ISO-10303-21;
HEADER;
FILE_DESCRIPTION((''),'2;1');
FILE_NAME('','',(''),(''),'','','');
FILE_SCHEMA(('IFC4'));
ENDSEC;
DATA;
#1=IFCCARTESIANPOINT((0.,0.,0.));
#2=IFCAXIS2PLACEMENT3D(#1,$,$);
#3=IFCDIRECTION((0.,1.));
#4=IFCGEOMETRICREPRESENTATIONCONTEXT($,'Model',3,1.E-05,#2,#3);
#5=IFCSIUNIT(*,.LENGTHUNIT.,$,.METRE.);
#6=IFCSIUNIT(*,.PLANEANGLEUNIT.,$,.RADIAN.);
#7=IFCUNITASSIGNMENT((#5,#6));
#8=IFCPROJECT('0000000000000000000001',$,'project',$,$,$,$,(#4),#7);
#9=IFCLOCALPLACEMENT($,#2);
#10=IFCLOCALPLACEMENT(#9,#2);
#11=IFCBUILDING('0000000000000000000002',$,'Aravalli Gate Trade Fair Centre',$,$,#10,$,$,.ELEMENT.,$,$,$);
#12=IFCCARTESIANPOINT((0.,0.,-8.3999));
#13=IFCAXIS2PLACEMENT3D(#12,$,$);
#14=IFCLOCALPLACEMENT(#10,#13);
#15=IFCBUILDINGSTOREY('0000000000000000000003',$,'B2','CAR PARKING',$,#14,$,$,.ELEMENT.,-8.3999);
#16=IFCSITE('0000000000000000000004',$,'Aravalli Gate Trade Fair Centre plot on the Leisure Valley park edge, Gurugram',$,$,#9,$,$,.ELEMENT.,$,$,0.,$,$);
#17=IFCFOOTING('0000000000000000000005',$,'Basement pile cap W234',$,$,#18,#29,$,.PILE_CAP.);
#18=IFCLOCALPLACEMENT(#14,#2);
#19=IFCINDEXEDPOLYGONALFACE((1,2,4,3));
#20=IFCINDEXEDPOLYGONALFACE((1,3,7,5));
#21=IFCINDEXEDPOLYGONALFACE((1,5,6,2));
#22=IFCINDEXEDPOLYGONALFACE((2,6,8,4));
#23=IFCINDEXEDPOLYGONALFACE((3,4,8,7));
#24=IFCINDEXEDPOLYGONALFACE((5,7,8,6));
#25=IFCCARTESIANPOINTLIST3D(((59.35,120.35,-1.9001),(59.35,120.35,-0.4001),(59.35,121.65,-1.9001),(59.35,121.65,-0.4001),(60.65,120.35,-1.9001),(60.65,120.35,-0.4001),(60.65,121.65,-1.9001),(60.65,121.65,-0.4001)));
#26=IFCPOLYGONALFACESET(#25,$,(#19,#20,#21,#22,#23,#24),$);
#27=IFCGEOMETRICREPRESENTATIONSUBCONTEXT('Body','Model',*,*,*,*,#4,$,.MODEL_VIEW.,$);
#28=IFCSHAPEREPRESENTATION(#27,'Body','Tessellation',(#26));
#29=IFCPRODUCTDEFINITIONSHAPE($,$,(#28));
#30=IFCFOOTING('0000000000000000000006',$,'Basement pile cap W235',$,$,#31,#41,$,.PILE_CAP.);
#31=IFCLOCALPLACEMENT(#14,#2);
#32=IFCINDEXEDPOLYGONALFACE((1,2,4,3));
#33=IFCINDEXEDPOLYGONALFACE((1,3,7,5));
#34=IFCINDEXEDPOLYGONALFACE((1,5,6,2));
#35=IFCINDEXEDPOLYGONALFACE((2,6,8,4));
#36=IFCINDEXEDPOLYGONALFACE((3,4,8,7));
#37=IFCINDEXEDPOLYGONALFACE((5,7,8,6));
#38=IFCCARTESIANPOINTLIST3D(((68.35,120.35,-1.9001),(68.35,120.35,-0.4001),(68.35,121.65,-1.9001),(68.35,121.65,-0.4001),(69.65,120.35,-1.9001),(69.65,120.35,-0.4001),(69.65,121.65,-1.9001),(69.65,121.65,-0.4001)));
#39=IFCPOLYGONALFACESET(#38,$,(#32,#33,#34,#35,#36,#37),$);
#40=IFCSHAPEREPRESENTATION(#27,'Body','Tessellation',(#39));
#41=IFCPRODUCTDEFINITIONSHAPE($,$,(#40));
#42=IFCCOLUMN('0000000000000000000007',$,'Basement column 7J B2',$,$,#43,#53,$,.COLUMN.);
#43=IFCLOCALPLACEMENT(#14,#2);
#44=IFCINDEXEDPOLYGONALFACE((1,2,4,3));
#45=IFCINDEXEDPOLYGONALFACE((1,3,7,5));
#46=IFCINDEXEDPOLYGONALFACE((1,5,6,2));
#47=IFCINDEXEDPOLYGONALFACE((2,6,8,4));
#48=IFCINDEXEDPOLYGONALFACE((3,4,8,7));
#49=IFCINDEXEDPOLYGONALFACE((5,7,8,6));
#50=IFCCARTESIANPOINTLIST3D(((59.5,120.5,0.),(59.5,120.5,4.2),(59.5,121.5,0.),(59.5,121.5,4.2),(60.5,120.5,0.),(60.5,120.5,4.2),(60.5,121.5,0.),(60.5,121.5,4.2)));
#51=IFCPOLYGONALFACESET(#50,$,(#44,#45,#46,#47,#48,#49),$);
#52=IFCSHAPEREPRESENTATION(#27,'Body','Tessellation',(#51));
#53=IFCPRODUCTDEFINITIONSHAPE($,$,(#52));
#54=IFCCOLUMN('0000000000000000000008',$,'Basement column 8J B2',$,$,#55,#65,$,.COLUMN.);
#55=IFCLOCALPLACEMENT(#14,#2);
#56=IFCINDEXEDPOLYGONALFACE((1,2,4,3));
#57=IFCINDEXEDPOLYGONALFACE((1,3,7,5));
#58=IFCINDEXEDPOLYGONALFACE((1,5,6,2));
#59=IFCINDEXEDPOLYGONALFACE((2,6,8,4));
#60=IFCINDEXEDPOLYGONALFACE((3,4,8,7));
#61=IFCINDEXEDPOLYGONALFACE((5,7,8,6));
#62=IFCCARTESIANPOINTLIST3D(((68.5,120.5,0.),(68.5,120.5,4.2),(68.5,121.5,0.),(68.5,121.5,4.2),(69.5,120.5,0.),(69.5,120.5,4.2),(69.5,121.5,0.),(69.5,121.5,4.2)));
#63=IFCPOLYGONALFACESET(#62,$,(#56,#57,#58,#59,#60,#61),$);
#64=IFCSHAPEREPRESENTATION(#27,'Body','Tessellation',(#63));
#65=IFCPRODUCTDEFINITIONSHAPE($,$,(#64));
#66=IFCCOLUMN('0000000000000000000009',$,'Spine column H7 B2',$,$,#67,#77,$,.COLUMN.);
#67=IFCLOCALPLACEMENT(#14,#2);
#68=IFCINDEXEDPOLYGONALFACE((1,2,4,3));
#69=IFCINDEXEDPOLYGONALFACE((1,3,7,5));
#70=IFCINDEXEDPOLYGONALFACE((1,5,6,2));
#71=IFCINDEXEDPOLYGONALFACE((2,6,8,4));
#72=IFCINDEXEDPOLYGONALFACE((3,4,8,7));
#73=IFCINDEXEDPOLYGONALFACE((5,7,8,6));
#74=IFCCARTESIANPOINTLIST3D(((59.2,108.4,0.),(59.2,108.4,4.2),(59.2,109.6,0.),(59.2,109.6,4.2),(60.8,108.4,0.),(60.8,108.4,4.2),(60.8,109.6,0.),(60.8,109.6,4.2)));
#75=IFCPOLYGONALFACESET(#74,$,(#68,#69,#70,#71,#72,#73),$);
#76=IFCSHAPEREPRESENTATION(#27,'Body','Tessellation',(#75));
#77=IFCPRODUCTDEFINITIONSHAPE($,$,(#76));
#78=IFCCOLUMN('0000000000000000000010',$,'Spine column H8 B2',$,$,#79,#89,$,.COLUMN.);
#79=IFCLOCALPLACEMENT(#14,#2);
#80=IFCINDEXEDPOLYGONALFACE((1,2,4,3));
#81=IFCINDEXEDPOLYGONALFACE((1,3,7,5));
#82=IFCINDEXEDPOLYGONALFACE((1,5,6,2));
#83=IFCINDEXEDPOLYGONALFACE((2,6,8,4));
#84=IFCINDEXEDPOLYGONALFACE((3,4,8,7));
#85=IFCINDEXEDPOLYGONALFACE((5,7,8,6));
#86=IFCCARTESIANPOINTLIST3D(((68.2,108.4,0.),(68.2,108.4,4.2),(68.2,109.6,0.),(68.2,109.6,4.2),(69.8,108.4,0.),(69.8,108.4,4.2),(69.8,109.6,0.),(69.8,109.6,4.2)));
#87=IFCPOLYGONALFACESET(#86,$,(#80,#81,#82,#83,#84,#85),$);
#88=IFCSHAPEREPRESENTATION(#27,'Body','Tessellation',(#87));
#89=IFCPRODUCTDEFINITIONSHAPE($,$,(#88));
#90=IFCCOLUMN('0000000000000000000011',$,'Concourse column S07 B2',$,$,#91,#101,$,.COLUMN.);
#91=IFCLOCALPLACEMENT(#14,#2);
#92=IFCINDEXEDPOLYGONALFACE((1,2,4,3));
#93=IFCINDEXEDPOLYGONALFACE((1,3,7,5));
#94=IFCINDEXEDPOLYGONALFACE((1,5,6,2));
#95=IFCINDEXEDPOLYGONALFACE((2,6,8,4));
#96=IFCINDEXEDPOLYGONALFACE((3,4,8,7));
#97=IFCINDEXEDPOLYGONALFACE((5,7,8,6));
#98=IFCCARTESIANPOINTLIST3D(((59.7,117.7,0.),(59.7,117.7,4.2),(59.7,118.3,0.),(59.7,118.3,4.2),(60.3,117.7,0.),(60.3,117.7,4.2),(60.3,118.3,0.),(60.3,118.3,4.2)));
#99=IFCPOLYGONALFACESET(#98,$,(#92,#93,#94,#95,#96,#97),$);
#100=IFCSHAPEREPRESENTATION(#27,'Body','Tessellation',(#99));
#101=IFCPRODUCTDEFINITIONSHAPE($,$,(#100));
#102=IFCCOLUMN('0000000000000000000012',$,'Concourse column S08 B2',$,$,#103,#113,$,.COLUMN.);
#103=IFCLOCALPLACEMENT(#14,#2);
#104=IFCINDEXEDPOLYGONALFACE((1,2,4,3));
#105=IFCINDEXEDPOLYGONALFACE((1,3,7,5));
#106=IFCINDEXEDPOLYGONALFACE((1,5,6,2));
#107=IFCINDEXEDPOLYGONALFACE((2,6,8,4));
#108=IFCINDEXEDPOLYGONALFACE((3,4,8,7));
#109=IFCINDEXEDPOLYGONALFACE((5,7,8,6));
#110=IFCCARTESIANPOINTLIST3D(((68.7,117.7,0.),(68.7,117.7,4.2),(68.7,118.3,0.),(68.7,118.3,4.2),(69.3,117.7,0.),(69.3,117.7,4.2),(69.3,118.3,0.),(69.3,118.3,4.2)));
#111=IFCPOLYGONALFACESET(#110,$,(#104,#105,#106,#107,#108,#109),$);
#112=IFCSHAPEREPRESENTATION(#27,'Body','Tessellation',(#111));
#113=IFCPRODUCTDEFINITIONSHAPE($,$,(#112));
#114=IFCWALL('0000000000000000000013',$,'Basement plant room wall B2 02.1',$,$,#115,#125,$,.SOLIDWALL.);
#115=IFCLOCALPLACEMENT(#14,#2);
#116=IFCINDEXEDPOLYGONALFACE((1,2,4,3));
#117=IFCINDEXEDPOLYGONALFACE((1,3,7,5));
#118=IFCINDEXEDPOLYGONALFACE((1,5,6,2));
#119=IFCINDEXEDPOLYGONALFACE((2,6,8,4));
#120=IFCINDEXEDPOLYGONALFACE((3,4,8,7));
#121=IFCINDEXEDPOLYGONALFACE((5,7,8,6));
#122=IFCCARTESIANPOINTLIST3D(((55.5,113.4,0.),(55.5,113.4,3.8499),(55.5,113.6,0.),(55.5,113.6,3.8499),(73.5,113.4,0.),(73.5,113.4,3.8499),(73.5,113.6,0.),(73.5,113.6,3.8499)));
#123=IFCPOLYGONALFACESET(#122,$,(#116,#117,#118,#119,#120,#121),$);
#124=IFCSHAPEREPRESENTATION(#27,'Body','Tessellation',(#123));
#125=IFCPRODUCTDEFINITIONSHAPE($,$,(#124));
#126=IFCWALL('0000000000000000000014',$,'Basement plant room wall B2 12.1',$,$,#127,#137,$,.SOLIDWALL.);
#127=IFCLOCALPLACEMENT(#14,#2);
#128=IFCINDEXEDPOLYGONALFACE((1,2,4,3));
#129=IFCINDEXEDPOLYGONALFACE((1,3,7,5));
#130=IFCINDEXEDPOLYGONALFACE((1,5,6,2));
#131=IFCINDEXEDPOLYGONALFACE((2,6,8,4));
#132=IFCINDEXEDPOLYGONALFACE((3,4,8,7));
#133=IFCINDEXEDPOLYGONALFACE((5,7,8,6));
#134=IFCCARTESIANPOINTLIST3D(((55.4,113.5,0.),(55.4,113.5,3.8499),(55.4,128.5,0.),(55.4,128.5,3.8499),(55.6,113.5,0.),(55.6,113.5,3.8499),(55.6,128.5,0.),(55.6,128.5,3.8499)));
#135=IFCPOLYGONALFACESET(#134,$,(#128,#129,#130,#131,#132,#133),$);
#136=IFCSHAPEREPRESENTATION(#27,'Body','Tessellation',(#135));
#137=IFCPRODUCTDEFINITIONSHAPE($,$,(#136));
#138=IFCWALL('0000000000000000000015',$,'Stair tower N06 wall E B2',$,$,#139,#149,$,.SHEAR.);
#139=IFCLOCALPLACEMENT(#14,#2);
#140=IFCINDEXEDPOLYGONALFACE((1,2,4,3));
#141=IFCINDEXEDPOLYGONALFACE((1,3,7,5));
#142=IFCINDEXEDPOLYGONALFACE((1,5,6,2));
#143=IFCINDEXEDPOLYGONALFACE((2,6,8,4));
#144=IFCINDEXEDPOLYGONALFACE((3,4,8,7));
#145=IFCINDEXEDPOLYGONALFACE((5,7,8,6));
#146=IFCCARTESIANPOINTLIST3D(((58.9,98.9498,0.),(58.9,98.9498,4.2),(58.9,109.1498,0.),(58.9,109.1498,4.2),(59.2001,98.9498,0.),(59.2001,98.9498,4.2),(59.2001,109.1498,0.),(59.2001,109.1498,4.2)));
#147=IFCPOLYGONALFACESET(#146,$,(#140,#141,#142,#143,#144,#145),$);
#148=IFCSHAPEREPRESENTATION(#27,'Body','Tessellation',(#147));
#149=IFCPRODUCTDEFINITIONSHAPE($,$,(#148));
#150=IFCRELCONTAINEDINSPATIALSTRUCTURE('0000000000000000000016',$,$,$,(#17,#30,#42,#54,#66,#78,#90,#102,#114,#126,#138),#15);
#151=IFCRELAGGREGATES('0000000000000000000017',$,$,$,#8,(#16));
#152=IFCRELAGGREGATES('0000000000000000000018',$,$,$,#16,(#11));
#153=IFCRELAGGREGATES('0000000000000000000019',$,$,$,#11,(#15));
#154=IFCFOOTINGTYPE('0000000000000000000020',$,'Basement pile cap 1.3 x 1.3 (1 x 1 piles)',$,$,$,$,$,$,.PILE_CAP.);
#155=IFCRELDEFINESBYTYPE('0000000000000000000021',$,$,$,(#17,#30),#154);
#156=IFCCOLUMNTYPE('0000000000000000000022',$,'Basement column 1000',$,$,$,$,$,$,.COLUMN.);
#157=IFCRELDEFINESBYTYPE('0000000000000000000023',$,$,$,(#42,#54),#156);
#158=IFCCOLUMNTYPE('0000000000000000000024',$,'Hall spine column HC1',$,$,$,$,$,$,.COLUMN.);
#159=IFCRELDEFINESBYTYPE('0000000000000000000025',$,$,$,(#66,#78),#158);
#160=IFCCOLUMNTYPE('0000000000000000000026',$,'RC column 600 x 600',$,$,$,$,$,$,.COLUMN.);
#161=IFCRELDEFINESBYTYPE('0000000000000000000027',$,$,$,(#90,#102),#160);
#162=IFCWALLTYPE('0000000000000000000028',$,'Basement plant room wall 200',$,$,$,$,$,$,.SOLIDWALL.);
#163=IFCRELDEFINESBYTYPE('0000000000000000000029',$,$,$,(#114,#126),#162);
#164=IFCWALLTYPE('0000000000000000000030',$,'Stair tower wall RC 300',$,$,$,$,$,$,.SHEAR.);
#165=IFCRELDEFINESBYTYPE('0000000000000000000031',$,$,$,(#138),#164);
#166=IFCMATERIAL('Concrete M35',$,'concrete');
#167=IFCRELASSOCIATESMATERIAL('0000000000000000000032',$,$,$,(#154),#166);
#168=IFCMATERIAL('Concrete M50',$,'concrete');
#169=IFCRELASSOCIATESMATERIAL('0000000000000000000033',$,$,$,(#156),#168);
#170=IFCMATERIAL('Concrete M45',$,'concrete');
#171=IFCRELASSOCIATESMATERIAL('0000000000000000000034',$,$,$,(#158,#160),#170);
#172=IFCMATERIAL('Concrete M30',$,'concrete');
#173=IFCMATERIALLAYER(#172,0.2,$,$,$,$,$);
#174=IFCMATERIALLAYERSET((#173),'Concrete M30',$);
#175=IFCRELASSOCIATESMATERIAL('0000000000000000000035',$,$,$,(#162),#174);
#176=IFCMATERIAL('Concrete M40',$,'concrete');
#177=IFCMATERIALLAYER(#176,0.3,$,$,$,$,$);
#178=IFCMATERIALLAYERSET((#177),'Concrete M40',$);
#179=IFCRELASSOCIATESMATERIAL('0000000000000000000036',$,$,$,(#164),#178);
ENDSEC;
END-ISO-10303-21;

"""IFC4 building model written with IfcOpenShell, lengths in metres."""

from ifc_helpers import new_model, si_unit, direction, frame, frame_2d, origin, origin_2d, place, context, subcontext, project, spatial, rectangle, extrude, material, layer, layer_set, material_profile, profile_set, type_object, element, save


model = new_model("IFC4")

# Units and contexts
model_context = context("Model", 3, precision=1e-05, world=origin(), true_north=direction((0.0, 1.0)))
body_context = subcontext(model_context, "Body", "Model", "MODEL_VIEW")
ifc_project = project(units=[si_unit("LENGTHUNIT", "METRE"), si_unit("PLANEANGLEUNIT", "RADIAN")], contexts=[model_context])

# Site, building, storey
site_placement = place(None, origin())
site = spatial("IfcSite", under=ifc_project, at=site_placement, Name="Aravalli Gate Trade Fair Centre plot on the Leisure Valley park edge, Gurugram", CompositionType="ELEMENT", RefElevation=0.0)
building_placement = place(site_placement, origin())
building = spatial("IfcBuilding", under=site, at=building_placement, Name="Aravalli Gate Trade Fair Centre", CompositionType="ELEMENT")
storey_placement = place(building_placement, frame((0.0, 0.0, -8.3999)))
storey = spatial("IfcBuildingStorey", under=building, at=storey_placement, Name="B2", Description="CAR PARKING", CompositionType="ELEMENT", Elevation=-8.3999)

# Shared definitions
ifc_material_1 = material(Name="Concrete M35", Category="concrete")

# Footings
footing_type = type_object("IfcFootingType", Name="Basement pile cap 1.3 x 1.3 (1 x 1 piles)", PredefinedType="PILE_CAP", material=ifc_material_1)
for number, where, z_axis, x_axis, name in (
    (1, (60.0, 121.0, -1.9001), (0.0, 0.0, 1.0), (1.0, 0.0, 0.0), "Basement pile cap W234"),
    (2, (69.0, 121.0, -1.9001), (0.0, 0.0, 1.0), (1.0, 0.0, 0.0), "Basement pile cap W235"),
):
    element("IfcFooting", number, at=place(storey_placement, frame(where, z_axis=z_axis, x_axis=x_axis)), inside=storey, type_object=footing_type, Name=name, PredefinedType="PILE_CAP", context=body_context, shape_type="SweptSolid", body=[
        extrude(rectangle(XDim=1.3, YDim=1.3, at=origin_2d()), origin(), (0.0, 0.0, 1.0), 1.5),
    ])

# Columns
ifc_material_2 = material(Name="Concrete M50", Category="concrete")
ifc_material_profile_1 = material_profile(ifc_material_2, rectangle(XDim=1.0, YDim=1.0, at=origin_2d()), Name="RC 1000 x 1000")
ifc_profile_set_1 = profile_set([ifc_material_profile_1], Name="Concrete M50")
column_type_1 = type_object("IfcColumnType", Name="Basement column 1000", PredefinedType="COLUMN", material=ifc_profile_set_1)
for number, where, z_axis, x_axis, name in (
    (3, (60.0, 121.0, 0.0), (0.0, 0.0, 1.0), (1.0, 0.0, 0.0), "Basement column 7J B2"),
    (4, (69.0, 121.0, 0.0), (0.0, 0.0, 1.0), (1.0, 0.0, 0.0), "Basement column 8J B2"),
):
    element("IfcColumn", number, at=place(storey_placement, frame(where, z_axis=z_axis, x_axis=x_axis)), inside=storey, type_object=column_type_1, Name=name, PredefinedType="COLUMN", context=body_context, shape_type="SweptSolid", body=[
        extrude(rectangle(XDim=1.0, YDim=1.0, at=origin_2d()), origin(), (0.0, 0.0, 1.0), 4.2),
    ])
ifc_material_3 = material(Name="Concrete M45", Category="concrete")
ifc_material_profile_2 = material_profile(ifc_material_3, rectangle(XDim=1.6001, YDim=1.2, at=origin_2d()), Name="RC 1600x1200")
ifc_profile_set_2 = profile_set([ifc_material_profile_2], Name="Concrete M45")
column_type_2 = type_object("IfcColumnType", Name="Hall spine column HC1", PredefinedType="COLUMN", material=ifc_profile_set_2)
for number, where, z_axis, x_axis, name in (
    (5, (60.0, 109.0, 0.0), (0.0, 0.0, 1.0), (1.0, 0.0, 0.0), "Spine column H7 B2"),
    (6, (69.0, 109.0, 0.0), (0.0, 0.0, 1.0), (1.0, 0.0, 0.0), "Spine column H8 B2"),
):
    element("IfcColumn", number, at=place(storey_placement, frame(where, z_axis=z_axis, x_axis=x_axis)), inside=storey, type_object=column_type_2, Name=name, PredefinedType="COLUMN", context=body_context, shape_type="SweptSolid", body=[
        extrude(rectangle(XDim=1.6001, YDim=1.2, at=origin_2d()), origin(), (0.0, 0.0, 1.0), 4.2),
    ])
ifc_material_profile_3 = material_profile(ifc_material_3, rectangle(XDim=0.6001, YDim=0.6001, at=origin_2d()), Name="RC column 600 x 600")
ifc_profile_set_3 = profile_set([ifc_material_profile_3], Name="Concrete M45")
column_type_3 = type_object("IfcColumnType", Name="RC column 600 x 600", PredefinedType="COLUMN", material=ifc_profile_set_3)
for number, where, z_axis, x_axis, name in (
    (7, (60.0, 118.0, 0.0), (0.0, 0.0, 1.0), (1.0, 0.0, 0.0), "Concourse column S07 B2"),
    (8, (69.0, 118.0, 0.0), (0.0, 0.0, 1.0), (1.0, 0.0, 0.0), "Concourse column S08 B2"),
):
    element("IfcColumn", number, at=place(storey_placement, frame(where, z_axis=z_axis, x_axis=x_axis)), inside=storey, type_object=column_type_3, Name=name, PredefinedType="COLUMN", context=body_context, shape_type="SweptSolid", body=[
        extrude(rectangle(XDim=0.6001, YDim=0.6001, at=origin_2d()), origin(), (0.0, 0.0, 1.0), 4.2),
    ])

# Walls
ifc_material_4 = material(Name="Concrete M30", Category="concrete")
ifc_layer_1 = layer(ifc_material_4, 0.2)
ifc_layer_set_1 = layer_set([ifc_layer_1], Name="Concrete M30")
wall_type_1 = type_object("IfcWallType", Name="Basement plant room wall 200", PredefinedType="SOLIDWALL", material=ifc_layer_set_1)
wall_1_placement = place(storey_placement, frame((55.5, 113.5, 0.0), z_axis=(0.0, 0.0, 1.0), x_axis=(1.0, 0.0, 0.0)))
element("IfcWall", 9, at=wall_1_placement, inside=storey, type_object=wall_type_1, Name="Basement plant room wall B2 02.1", PredefinedType="SOLIDWALL", context=body_context, shape_type="SweptSolid", body=[
    extrude(rectangle(XDim=18.0, YDim=0.2, at=frame_2d((9.0, 0.0))), origin(), (0.0, 0.0, 1.0), 3.8499),
])
wall_2_placement = place(storey_placement, frame((55.5, 113.5, 0.0), z_axis=(0.0, 0.0, 1.0), x_axis=(0.0, 1.0, 0.0)))
element("IfcWall", 10, at=wall_2_placement, inside=storey, type_object=wall_type_1, Name="Basement plant room wall B2 12.1", PredefinedType="SOLIDWALL", context=body_context, shape_type="SweptSolid", body=[
    extrude(rectangle(XDim=15.0, YDim=0.2, at=frame_2d((7.5, 0.0))), origin(), (0.0, 0.0, 1.0), 3.8499),
])
ifc_material_5 = material(Name="Concrete M40", Category="concrete")
ifc_layer_2 = layer(ifc_material_5, 0.3)
ifc_layer_set_2 = layer_set([ifc_layer_2], Name="Concrete M40")
wall_type_2 = type_object("IfcWallType", Name="Stair tower wall RC 300", PredefinedType="SHEAR", material=ifc_layer_set_2)
wall_3_placement = place(storey_placement, frame((59.05, 109.1499, 0.0), z_axis=(0.0, 0.0, 1.0), x_axis=(0.0, -1.0, 0.0)))
element("IfcWall", 11, at=wall_3_placement, inside=storey, type_object=wall_type_2, Name="Stair tower N06 wall E B2", PredefinedType="SHEAR", context=body_context, shape_type="SweptSolid", body=[
    extrude(rectangle(XDim=10.2, YDim=0.3, at=frame_2d((5.1001, 0.0))), origin(), (0.0, 0.0, 1.0), 4.2),
])

save(model, "model.ifc")
